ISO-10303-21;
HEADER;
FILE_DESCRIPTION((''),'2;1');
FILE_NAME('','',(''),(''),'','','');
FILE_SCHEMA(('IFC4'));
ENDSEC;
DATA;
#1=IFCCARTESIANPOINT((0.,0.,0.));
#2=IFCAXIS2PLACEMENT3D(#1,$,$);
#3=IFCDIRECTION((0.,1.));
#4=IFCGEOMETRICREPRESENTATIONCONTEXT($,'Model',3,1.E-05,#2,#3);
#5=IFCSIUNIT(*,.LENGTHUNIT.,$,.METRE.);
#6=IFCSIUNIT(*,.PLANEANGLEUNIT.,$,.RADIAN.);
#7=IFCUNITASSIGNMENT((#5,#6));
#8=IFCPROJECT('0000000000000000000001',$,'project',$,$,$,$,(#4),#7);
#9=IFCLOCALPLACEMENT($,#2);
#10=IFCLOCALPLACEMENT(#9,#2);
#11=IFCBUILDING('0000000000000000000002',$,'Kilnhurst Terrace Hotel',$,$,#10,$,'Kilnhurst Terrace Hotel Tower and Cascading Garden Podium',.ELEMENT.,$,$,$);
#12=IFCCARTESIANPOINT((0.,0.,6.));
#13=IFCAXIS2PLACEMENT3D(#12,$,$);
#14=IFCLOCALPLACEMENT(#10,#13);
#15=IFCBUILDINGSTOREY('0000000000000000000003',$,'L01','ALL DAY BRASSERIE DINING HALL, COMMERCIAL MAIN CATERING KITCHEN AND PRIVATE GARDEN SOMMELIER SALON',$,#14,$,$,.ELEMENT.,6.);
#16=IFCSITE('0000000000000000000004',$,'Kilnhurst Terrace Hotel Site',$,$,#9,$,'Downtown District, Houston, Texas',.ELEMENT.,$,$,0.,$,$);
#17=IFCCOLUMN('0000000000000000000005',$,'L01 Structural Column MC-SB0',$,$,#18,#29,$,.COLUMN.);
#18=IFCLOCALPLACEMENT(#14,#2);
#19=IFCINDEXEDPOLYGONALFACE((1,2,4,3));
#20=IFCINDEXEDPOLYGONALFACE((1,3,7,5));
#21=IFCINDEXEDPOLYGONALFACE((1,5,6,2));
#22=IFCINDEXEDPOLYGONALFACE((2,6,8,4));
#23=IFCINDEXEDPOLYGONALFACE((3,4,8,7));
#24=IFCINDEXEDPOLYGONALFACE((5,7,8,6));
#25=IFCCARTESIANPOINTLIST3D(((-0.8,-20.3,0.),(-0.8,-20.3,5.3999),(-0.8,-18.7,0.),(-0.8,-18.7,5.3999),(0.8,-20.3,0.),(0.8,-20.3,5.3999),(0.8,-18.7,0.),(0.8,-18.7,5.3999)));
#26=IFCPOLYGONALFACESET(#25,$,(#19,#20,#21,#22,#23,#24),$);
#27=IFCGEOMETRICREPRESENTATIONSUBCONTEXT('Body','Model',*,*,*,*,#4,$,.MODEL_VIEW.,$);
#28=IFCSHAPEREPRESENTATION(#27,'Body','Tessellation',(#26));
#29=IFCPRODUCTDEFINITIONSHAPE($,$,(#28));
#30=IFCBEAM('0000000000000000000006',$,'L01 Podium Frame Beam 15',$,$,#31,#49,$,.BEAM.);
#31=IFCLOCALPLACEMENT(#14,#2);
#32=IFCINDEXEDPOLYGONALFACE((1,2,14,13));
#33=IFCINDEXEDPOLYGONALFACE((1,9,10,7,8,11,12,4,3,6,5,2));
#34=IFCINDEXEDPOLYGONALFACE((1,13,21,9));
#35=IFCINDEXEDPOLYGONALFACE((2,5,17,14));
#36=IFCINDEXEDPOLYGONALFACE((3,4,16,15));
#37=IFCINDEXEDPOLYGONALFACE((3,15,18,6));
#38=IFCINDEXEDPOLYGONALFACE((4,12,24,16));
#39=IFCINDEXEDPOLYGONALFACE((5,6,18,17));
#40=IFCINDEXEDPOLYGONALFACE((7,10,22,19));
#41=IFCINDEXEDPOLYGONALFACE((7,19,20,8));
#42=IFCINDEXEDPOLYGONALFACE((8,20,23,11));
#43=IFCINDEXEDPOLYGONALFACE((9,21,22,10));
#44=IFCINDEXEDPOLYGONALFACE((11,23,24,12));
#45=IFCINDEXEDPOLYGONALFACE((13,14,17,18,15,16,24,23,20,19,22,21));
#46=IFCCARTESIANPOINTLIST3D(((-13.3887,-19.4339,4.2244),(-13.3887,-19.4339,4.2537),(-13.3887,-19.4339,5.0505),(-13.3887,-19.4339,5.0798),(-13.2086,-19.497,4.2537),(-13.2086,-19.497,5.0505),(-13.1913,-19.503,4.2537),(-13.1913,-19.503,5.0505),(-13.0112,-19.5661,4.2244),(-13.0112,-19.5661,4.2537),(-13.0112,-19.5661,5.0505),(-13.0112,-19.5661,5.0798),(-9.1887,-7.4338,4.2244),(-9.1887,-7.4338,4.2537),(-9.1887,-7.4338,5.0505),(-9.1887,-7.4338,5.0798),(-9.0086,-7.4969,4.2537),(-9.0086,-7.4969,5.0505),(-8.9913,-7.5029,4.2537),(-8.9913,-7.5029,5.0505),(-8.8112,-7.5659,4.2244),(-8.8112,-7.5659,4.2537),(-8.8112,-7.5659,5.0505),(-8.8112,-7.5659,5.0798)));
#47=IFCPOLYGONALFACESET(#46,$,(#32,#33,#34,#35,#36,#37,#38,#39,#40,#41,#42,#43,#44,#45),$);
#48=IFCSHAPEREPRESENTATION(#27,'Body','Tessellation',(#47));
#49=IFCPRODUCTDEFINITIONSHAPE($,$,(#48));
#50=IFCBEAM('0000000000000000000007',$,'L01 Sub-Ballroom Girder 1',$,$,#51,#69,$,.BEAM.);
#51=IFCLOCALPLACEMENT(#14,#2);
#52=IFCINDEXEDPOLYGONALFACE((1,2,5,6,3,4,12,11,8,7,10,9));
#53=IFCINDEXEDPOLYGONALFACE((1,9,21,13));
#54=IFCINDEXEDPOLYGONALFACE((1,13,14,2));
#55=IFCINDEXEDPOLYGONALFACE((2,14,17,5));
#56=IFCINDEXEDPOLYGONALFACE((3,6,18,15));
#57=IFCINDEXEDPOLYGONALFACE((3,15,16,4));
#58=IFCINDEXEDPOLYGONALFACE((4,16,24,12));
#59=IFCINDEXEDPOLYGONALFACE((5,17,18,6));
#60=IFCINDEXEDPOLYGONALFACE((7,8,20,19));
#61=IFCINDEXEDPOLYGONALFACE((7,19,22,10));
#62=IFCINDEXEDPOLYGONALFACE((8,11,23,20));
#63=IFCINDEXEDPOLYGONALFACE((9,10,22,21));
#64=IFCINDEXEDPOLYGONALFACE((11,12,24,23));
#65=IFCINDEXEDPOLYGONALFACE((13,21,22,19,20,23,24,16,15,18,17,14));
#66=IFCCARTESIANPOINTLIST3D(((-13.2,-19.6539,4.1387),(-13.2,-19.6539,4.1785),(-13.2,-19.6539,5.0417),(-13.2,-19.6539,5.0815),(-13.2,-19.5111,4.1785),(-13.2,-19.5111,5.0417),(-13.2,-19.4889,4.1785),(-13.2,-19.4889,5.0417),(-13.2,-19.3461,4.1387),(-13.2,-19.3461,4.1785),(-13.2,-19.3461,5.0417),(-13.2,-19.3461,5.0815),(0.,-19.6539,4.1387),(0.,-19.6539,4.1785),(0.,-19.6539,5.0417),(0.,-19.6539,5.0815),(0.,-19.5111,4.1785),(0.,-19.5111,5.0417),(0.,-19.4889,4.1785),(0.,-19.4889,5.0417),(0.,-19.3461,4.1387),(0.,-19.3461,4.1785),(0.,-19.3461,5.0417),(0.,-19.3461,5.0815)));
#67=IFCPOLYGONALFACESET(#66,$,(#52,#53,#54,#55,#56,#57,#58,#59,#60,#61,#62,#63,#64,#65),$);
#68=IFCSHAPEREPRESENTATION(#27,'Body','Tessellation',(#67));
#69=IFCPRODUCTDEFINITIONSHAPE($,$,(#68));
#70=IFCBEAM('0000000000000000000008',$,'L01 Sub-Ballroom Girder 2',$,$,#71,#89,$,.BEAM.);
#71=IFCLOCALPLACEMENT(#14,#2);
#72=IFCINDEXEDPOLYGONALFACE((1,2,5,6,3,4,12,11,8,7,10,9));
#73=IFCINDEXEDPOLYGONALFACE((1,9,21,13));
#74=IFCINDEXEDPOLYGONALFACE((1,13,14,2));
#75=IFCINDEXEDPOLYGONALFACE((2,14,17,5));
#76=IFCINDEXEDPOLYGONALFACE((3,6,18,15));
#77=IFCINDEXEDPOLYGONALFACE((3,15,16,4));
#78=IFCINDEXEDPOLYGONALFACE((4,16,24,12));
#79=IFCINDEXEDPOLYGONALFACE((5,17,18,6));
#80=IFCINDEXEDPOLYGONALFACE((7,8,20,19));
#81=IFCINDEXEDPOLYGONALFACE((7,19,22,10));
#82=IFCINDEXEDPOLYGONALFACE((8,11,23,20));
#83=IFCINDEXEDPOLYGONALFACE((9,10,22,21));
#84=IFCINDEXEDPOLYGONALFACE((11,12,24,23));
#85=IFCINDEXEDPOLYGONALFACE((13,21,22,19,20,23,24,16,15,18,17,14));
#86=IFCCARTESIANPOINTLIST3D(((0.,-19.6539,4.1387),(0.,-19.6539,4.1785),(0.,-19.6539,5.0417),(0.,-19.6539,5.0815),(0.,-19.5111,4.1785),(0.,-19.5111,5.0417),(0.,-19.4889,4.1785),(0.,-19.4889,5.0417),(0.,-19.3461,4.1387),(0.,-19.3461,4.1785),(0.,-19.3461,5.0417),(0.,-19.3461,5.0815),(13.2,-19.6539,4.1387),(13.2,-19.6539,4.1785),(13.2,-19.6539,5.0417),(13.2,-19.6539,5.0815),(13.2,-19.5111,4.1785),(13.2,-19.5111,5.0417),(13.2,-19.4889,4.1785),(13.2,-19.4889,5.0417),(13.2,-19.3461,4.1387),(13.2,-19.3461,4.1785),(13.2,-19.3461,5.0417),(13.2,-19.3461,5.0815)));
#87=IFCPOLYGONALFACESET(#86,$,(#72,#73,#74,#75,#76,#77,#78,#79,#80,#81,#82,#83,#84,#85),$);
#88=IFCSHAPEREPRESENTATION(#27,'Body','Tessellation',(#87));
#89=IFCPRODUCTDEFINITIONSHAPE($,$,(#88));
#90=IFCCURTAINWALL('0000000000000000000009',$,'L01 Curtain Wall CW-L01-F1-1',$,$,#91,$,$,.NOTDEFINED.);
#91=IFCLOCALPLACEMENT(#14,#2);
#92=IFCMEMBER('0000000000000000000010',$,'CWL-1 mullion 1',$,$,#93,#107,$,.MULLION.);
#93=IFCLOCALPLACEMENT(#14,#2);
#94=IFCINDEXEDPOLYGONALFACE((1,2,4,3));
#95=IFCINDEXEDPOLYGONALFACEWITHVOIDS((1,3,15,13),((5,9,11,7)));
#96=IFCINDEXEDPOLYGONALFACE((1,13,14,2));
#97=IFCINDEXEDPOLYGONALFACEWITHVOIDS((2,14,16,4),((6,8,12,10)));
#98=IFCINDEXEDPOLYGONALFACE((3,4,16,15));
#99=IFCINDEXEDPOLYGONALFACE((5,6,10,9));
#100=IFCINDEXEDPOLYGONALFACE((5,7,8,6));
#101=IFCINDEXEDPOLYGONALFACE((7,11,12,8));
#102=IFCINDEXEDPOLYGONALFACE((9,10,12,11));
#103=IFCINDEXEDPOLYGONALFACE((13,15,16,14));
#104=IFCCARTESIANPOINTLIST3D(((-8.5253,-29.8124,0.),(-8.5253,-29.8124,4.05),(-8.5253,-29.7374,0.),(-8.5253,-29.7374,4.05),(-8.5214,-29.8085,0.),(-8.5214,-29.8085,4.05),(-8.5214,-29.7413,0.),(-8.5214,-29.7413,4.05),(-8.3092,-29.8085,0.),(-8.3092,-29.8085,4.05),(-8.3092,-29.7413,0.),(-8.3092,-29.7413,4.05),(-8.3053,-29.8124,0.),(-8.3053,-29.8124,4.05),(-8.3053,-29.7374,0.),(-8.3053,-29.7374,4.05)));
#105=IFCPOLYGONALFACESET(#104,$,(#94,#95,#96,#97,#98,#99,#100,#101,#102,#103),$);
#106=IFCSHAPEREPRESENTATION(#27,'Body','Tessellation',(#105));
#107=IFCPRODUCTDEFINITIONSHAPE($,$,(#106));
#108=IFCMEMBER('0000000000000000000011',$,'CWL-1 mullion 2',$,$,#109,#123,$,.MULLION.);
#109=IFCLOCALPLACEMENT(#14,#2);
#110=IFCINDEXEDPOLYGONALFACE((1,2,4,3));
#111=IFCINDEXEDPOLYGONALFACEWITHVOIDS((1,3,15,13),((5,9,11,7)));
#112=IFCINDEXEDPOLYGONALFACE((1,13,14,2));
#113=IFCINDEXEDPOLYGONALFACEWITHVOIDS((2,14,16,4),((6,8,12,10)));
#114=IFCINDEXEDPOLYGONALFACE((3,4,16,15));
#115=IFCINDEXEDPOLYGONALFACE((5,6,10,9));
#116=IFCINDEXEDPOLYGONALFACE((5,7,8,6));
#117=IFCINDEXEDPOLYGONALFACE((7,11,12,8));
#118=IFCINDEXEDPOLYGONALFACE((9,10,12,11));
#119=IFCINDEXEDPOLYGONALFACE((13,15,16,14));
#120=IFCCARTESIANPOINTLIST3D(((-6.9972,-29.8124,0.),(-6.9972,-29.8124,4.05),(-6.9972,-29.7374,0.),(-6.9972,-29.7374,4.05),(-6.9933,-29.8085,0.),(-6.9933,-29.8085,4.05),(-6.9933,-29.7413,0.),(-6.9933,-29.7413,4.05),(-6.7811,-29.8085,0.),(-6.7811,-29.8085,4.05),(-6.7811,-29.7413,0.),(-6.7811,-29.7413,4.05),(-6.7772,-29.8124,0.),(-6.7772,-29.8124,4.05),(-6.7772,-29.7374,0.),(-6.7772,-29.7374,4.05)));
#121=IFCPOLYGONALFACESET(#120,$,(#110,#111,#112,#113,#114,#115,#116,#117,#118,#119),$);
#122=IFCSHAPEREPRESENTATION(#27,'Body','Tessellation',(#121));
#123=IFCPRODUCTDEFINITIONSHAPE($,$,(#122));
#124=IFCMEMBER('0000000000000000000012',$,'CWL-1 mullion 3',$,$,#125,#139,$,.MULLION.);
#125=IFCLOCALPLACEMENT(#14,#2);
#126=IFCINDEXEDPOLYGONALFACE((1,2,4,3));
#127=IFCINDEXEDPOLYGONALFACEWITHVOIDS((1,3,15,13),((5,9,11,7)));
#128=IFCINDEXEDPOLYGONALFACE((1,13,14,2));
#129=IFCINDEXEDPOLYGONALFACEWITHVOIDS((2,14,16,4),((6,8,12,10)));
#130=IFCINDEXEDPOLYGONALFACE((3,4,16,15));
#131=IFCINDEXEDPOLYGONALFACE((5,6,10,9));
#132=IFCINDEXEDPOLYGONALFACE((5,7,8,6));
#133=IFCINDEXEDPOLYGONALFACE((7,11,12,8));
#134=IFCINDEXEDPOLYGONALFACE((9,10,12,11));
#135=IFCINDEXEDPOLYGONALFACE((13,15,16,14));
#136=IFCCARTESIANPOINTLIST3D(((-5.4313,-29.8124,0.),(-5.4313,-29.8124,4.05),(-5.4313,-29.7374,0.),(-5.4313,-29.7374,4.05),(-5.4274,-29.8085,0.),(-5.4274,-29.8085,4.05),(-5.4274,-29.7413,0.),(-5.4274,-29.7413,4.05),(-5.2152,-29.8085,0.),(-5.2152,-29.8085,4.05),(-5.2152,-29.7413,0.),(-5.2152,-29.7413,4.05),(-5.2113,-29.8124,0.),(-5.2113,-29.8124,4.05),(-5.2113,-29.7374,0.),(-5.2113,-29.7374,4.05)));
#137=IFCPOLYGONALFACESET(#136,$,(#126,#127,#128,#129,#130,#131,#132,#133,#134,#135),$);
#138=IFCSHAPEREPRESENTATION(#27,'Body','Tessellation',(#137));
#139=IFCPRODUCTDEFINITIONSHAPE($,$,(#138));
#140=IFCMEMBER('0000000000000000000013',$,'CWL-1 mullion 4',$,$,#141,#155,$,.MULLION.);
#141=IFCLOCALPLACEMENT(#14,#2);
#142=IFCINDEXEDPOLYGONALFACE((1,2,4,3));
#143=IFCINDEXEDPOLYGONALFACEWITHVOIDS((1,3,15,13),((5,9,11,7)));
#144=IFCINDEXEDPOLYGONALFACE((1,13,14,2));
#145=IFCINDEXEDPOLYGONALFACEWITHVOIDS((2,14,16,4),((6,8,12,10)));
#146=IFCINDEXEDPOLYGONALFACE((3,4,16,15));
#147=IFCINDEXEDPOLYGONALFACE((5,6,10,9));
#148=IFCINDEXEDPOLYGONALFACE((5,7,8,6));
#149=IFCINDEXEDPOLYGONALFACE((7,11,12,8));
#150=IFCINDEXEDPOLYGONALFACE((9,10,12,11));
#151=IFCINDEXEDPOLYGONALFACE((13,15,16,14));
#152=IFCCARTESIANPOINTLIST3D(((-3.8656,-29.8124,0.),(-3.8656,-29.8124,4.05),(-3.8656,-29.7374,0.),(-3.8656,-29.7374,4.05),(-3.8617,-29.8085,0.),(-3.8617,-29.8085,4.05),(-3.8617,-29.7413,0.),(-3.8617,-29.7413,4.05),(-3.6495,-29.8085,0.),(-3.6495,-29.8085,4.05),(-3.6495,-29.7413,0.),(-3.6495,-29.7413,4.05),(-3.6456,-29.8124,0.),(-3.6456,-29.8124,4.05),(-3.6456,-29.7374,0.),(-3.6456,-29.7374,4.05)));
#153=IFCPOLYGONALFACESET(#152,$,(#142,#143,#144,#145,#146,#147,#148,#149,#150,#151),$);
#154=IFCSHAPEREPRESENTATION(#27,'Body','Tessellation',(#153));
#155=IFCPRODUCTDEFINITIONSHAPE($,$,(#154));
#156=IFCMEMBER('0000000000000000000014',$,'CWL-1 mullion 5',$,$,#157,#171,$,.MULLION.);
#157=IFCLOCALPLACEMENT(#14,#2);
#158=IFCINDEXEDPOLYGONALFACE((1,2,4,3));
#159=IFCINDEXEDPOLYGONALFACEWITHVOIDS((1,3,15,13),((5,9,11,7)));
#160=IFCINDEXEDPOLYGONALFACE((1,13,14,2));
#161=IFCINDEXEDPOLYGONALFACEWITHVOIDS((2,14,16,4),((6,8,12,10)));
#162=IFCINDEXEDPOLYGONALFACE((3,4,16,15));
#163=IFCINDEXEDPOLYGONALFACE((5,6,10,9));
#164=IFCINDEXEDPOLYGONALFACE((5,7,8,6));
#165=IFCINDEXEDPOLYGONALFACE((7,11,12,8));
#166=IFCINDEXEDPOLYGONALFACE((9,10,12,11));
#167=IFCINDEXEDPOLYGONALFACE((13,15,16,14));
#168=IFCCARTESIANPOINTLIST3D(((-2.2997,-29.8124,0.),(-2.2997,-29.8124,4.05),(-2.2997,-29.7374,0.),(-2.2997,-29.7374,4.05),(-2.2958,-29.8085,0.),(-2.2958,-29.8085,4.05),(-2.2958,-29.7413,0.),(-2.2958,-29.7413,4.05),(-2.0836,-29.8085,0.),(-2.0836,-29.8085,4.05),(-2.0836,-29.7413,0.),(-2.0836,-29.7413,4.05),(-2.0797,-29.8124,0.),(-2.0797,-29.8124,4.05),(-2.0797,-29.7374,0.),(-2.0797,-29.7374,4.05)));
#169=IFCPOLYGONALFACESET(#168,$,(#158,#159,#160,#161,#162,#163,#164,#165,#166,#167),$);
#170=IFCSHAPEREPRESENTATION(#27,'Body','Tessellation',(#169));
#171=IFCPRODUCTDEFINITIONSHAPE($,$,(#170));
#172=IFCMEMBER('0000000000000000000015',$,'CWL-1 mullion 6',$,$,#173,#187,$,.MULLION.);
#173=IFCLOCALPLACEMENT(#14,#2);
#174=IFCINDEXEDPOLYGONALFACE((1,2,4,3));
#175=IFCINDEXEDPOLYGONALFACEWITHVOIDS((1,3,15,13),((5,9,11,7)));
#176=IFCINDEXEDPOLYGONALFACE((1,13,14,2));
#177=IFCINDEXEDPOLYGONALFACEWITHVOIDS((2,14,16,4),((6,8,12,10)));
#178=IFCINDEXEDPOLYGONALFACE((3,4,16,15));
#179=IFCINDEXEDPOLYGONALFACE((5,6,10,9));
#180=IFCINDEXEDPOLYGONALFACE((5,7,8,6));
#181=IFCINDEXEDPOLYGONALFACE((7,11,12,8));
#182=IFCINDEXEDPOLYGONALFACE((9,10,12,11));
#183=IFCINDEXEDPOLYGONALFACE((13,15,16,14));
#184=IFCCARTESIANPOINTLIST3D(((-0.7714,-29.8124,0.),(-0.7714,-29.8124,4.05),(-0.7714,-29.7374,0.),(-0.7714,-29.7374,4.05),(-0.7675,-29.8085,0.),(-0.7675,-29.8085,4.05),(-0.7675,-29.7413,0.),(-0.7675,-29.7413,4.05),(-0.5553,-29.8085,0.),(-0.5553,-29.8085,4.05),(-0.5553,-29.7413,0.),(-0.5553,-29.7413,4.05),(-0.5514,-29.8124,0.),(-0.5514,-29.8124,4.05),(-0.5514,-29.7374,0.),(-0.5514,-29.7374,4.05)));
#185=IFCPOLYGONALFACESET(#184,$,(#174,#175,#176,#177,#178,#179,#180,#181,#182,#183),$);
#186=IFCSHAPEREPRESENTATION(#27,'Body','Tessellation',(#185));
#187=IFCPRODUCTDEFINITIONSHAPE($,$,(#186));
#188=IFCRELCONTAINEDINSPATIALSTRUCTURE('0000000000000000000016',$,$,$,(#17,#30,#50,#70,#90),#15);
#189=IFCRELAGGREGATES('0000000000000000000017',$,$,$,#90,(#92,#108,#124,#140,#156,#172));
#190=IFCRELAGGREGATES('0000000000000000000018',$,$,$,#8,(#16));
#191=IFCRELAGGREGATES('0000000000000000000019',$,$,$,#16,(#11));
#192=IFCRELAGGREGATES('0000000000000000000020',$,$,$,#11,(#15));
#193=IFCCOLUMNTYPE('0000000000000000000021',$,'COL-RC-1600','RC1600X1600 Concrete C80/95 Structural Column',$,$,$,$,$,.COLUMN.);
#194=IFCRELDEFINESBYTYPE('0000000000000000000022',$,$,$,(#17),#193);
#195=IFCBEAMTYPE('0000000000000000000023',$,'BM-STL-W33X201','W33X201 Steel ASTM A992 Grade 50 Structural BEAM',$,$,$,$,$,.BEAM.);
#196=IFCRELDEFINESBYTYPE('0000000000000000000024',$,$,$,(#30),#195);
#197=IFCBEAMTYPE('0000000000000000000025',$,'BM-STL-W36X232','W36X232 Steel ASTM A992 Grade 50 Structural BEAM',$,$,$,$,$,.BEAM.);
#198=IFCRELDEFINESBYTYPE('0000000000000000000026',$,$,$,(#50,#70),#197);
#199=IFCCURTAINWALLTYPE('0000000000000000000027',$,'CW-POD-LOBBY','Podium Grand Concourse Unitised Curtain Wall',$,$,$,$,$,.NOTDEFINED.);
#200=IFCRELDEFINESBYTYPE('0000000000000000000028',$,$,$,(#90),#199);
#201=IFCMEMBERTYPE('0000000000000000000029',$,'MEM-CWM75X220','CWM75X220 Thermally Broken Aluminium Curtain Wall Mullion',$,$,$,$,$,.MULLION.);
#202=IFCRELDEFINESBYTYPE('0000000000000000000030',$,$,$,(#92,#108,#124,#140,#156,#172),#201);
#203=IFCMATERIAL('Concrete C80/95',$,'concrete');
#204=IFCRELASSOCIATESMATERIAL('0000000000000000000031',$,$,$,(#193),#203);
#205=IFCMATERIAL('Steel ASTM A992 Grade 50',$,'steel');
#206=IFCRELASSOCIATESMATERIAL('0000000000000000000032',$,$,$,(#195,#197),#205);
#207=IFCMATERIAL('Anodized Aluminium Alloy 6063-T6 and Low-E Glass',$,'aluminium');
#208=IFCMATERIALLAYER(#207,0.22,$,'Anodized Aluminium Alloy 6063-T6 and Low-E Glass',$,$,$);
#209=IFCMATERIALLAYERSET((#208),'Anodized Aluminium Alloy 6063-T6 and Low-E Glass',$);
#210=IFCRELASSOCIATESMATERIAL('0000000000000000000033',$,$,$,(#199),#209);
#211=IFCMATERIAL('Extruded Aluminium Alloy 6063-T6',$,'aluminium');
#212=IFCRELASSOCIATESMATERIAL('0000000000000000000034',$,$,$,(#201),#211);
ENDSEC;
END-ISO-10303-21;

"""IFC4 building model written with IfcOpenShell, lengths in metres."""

from ifc_helpers import new_model, si_unit, direction, frame, origin, origin_2d, place, context, subcontext, project, spatial, rectangle, hollow_rectangle, i_section, extrude, material, layer, layer_set, material_profile, profile_set, type_object, element, aggregate, save


model = new_model("IFC4")

# Units and contexts
model_context = context("Model", 3, precision=1e-05, world=origin(), true_north=direction((0.0, 1.0)))
body_context = subcontext(model_context, "Body", "Model", "MODEL_VIEW")
ifc_project = project(units=[si_unit("LENGTHUNIT", "METRE"), si_unit("PLANEANGLEUNIT", "RADIAN")], contexts=[model_context])

# Site, building, storey
site_placement = place(None, origin())
site = spatial("IfcSite", under=ifc_project, at=site_placement, Name="Kilnhurst Terrace Hotel Site", LongName="Downtown District, Houston, Texas", CompositionType="ELEMENT", RefElevation=0.0)
building_placement = place(site_placement, origin())
building = spatial("IfcBuilding", under=site, at=building_placement, Name="Kilnhurst Terrace Hotel", LongName="Kilnhurst Terrace Hotel Tower and Cascading Garden Podium", CompositionType="ELEMENT")
storey_placement = place(building_placement, frame((0.0, 0.0, 6.0)))
storey = spatial("IfcBuildingStorey", under=building, at=storey_placement, Name="L01", Description="ALL DAY BRASSERIE DINING HALL, COMMERCIAL MAIN CATERING KITCHEN AND PRIVATE GARDEN SOMMELIER SALON", CompositionType="ELEMENT", Elevation=6.0)

# Column
ifc_material_1 = material(Name="Concrete C80/95", Category="concrete")
ifc_material_profile_1 = material_profile(ifc_material_1, rectangle(XDim=1.6001, YDim=1.6001, at=origin_2d()), Name="RC1600X1600")
ifc_profile_set_1 = profile_set([ifc_material_profile_1], Name="Concrete C80/95")
column_type = type_object("IfcColumnType", Name="COL-RC-1600", Description="RC1600X1600 Concrete C80/95 Structural Column", PredefinedType="COLUMN", material=ifc_profile_set_1)
column_placement = place(storey_placement, frame((0.0, -19.5, 0.0), z_axis=(0.0, 0.0, 1.0), x_axis=(1.0, 0.0, 0.0)))
element("IfcColumn", 1, at=column_placement, inside=storey, type_object=column_type, Name="L01 Structural Column MC-SB0", PredefinedType="COLUMN", context=body_context, shape_type="SweptSolid", body=[
    extrude(rectangle(XDim=1.6001, YDim=1.6001, at=origin_2d()), origin(), (0.0, 0.0, 1.0), 5.3999),
])

# Beams
ifc_material_2 = material(Name="Steel ASTM A992 Grade 50", Category="steel")
ifc_material_profile_2 = material_profile(ifc_material_2, i_section(OverallWidth=0.3999, OverallDepth=0.8555, WebThickness=0.0183, FlangeThickness=0.0293, at=origin_2d()), Name="W33X201")
ifc_profile_set_2 = profile_set([ifc_material_profile_2], Name="Steel ASTM A992 Grade 50")
beam_type_1 = type_object("IfcBeamType", Name="BM-STL-W33X201", Description="W33X201 Steel ASTM A992 Grade 50 Structural BEAM", PredefinedType="BEAM", material=ifc_profile_set_2)
beam_placement = place(storey_placement, frame((-13.2, -19.5, 4.6521), z_axis=(0.330347, 0.94386, 0.0), x_axis=(-0.94386, 0.330347, 0.0)))
element("IfcBeam", 2, at=beam_placement, inside=storey, type_object=beam_type_1, Name="L01 Podium Frame Beam 15", PredefinedType="BEAM", context=body_context, shape_type="SweptSolid", body=[
    extrude(i_section(OverallWidth=0.3999, OverallDepth=0.8555, WebThickness=0.0183, FlangeThickness=0.0293, at=origin_2d()), origin(), (0.0, 0.0, 1.0), 12.7139),
])
ifc_material_profile_3 = material_profile(ifc_material_2, i_section(OverallWidth=0.3079, OverallDepth=0.9429, WebThickness=0.0222, FlangeThickness=0.0398, at=origin_2d()), Name="W36X232")
ifc_profile_set_3 = profile_set([ifc_material_profile_3], Name="Steel ASTM A992 Grade 50")
beam_type_2 = type_object("IfcBeamType", Name="BM-STL-W36X232", Description="W36X232 Steel ASTM A992 Grade 50 Structural BEAM", PredefinedType="BEAM", material=ifc_profile_set_3)
for number, where, z_axis, x_axis, name in (
    (3, (-13.2, -19.5, 4.6101), (1.0, 0.0, 0.0), (0.0, 1.0, 0.0), "L01 Sub-Ballroom Girder 1"),
    (4, (0.0, -19.5, 4.6101), (1.0, 0.0, 0.0), (0.0, 1.0, 0.0), "L01 Sub-Ballroom Girder 2"),
):
    element("IfcBeam", number, at=place(storey_placement, frame(where, z_axis=z_axis, x_axis=x_axis)), inside=storey, type_object=beam_type_2, Name=name, PredefinedType="BEAM", context=body_context, shape_type="SweptSolid", body=[
        extrude(i_section(OverallWidth=0.3079, OverallDepth=0.9429, WebThickness=0.0222, FlangeThickness=0.0398, at=origin_2d()), origin(), (0.0, 0.0, 1.0), 13.2),
    ])

# Curtain wall, members
ifc_material_3 = material(Name="Anodized Aluminium Alloy 6063-T6 and Low-E Glass", Category="aluminium")
ifc_layer_1 = layer(ifc_material_3, 0.22, Name="Anodized Aluminium Alloy 6063-T6 and Low-E Glass")
ifc_layer_set_1 = layer_set([ifc_layer_1], Name="Anodized Aluminium Alloy 6063-T6 and Low-E Glass")
curtain_wall_type = type_object("IfcCurtainWallType", Name="CW-POD-LOBBY", Description="Podium Grand Concourse Unitised Curtain Wall", PredefinedType="NOTDEFINED", material=ifc_layer_set_1)
curtain_wall_placement = place(storey_placement, origin())
curtain_wall = element("IfcCurtainWall", 5, at=curtain_wall_placement, inside=storey, type_object=curtain_wall_type, Name="L01 Curtain Wall CW-L01-F1-1", PredefinedType="NOTDEFINED")
ifc_material_4 = material(Name="Extruded Aluminium Alloy 6063-T6", Category="aluminium")
ifc_material_profile_4 = material_profile(ifc_material_4, hollow_rectangle(XDim=0.075, YDim=0.22, WallThickness=0.0039, at=origin_2d()), Name="CWM75X220")
ifc_profile_set_4 = profile_set([ifc_material_profile_4], Name="Extruded Aluminium Alloy 6063-T6")
member_type_1 = type_object("IfcMemberType", Name="MEM-CWM75X220", Description="CWM75X220 Thermally Broken Aluminium Curtain Wall Mullion", PredefinedType="MULLION", material=ifc_profile_set_4)
member_1_placement = place(storey_placement, frame((-8.4153, -29.7749, 0.0), z_axis=(0.0, 0.0, 1.0), x_axis=(0.0, 1.0, 0.0)))
member_1 = element("IfcMember", 6, at=member_1_placement, type_object=member_type_1, Name="CWL-1 mullion 1", PredefinedType="MULLION", context=body_context, shape_type="SweptSolid", body=[
    extrude(hollow_rectangle(XDim=0.075, YDim=0.22, WallThickness=0.0039, at=origin_2d()), origin(), (0.0, 0.0, 1.0), 4.05),
])
member_2_placement = place(storey_placement, frame((-6.8872, -29.7749, 0.0), z_axis=(0.0, 0.0, 1.0), x_axis=(0.0, 1.0, 0.0)))
member_2 = element("IfcMember", 7, at=member_2_placement, type_object=member_type_1, Name="CWL-1 mullion 2", PredefinedType="MULLION", context=body_context, shape_type="SweptSolid", body=[
    extrude(hollow_rectangle(XDim=0.075, YDim=0.22, WallThickness=0.0039, at=origin_2d()), origin(), (0.0, 0.0, 1.0), 4.05),
])
member_3_placement = place(storey_placement, frame((-5.3213, -29.7749, 0.0), z_axis=(0.0, 0.0, 1.0), x_axis=(0.0, 1.0, 0.0)))
member_3 = element("IfcMember", 8, at=member_3_placement, type_object=member_type_1, Name="CWL-1 mullion 3", PredefinedType="MULLION", context=body_context, shape_type="SweptSolid", body=[
    extrude(hollow_rectangle(XDim=0.075, YDim=0.22, WallThickness=0.0039, at=origin_2d()), origin(), (0.0, 0.0, 1.0), 4.05),
])
member_4_placement = place(storey_placement, frame((-3.7556, -29.7749, 0.0), z_axis=(0.0, 0.0, 1.0), x_axis=(0.0, 1.0, 0.0)))
member_4 = element("IfcMember", 9, at=member_4_placement, type_object=member_type_1, Name="CWL-1 mullion 4", PredefinedType="MULLION", context=body_context, shape_type="SweptSolid", body=[
    extrude(hollow_rectangle(XDim=0.075, YDim=0.22, WallThickness=0.0039, at=origin_2d()), origin(), (0.0, 0.0, 1.0), 4.05),
])
member_5_placement = place(storey_placement, frame((-2.1897, -29.7749, 0.0), z_axis=(0.0, 0.0, 1.0), x_axis=(0.0, 1.0, 0.0)))
member_5 = element("IfcMember", 10, at=member_5_placement, type_object=member_type_1, Name="CWL-1 mullion 5", PredefinedType="MULLION", context=body_context, shape_type="SweptSolid", body=[
    extrude(hollow_rectangle(XDim=0.075, YDim=0.22, WallThickness=0.0039, at=origin_2d()), origin(), (0.0, 0.0, 1.0), 4.05),
])
member_6_placement = place(storey_placement, frame((-0.6614, -29.7749, 0.0), z_axis=(0.0, 0.0, 1.0), x_axis=(0.0, 1.0, 0.0)))
member_6 = element("IfcMember", 11, at=member_6_placement, type_object=member_type_1, Name="CWL-1 mullion 6", PredefinedType="MULLION", context=body_context, shape_type="SweptSolid", body=[
    extrude(hollow_rectangle(XDim=0.075, YDim=0.22, WallThickness=0.0039, at=origin_2d()), origin(), (0.0, 0.0, 1.0), 4.05),
])
aggregate(curtain_wall, [member_1, member_2, member_3, member_4, member_5, member_6])

save(model, "model.ifc")
